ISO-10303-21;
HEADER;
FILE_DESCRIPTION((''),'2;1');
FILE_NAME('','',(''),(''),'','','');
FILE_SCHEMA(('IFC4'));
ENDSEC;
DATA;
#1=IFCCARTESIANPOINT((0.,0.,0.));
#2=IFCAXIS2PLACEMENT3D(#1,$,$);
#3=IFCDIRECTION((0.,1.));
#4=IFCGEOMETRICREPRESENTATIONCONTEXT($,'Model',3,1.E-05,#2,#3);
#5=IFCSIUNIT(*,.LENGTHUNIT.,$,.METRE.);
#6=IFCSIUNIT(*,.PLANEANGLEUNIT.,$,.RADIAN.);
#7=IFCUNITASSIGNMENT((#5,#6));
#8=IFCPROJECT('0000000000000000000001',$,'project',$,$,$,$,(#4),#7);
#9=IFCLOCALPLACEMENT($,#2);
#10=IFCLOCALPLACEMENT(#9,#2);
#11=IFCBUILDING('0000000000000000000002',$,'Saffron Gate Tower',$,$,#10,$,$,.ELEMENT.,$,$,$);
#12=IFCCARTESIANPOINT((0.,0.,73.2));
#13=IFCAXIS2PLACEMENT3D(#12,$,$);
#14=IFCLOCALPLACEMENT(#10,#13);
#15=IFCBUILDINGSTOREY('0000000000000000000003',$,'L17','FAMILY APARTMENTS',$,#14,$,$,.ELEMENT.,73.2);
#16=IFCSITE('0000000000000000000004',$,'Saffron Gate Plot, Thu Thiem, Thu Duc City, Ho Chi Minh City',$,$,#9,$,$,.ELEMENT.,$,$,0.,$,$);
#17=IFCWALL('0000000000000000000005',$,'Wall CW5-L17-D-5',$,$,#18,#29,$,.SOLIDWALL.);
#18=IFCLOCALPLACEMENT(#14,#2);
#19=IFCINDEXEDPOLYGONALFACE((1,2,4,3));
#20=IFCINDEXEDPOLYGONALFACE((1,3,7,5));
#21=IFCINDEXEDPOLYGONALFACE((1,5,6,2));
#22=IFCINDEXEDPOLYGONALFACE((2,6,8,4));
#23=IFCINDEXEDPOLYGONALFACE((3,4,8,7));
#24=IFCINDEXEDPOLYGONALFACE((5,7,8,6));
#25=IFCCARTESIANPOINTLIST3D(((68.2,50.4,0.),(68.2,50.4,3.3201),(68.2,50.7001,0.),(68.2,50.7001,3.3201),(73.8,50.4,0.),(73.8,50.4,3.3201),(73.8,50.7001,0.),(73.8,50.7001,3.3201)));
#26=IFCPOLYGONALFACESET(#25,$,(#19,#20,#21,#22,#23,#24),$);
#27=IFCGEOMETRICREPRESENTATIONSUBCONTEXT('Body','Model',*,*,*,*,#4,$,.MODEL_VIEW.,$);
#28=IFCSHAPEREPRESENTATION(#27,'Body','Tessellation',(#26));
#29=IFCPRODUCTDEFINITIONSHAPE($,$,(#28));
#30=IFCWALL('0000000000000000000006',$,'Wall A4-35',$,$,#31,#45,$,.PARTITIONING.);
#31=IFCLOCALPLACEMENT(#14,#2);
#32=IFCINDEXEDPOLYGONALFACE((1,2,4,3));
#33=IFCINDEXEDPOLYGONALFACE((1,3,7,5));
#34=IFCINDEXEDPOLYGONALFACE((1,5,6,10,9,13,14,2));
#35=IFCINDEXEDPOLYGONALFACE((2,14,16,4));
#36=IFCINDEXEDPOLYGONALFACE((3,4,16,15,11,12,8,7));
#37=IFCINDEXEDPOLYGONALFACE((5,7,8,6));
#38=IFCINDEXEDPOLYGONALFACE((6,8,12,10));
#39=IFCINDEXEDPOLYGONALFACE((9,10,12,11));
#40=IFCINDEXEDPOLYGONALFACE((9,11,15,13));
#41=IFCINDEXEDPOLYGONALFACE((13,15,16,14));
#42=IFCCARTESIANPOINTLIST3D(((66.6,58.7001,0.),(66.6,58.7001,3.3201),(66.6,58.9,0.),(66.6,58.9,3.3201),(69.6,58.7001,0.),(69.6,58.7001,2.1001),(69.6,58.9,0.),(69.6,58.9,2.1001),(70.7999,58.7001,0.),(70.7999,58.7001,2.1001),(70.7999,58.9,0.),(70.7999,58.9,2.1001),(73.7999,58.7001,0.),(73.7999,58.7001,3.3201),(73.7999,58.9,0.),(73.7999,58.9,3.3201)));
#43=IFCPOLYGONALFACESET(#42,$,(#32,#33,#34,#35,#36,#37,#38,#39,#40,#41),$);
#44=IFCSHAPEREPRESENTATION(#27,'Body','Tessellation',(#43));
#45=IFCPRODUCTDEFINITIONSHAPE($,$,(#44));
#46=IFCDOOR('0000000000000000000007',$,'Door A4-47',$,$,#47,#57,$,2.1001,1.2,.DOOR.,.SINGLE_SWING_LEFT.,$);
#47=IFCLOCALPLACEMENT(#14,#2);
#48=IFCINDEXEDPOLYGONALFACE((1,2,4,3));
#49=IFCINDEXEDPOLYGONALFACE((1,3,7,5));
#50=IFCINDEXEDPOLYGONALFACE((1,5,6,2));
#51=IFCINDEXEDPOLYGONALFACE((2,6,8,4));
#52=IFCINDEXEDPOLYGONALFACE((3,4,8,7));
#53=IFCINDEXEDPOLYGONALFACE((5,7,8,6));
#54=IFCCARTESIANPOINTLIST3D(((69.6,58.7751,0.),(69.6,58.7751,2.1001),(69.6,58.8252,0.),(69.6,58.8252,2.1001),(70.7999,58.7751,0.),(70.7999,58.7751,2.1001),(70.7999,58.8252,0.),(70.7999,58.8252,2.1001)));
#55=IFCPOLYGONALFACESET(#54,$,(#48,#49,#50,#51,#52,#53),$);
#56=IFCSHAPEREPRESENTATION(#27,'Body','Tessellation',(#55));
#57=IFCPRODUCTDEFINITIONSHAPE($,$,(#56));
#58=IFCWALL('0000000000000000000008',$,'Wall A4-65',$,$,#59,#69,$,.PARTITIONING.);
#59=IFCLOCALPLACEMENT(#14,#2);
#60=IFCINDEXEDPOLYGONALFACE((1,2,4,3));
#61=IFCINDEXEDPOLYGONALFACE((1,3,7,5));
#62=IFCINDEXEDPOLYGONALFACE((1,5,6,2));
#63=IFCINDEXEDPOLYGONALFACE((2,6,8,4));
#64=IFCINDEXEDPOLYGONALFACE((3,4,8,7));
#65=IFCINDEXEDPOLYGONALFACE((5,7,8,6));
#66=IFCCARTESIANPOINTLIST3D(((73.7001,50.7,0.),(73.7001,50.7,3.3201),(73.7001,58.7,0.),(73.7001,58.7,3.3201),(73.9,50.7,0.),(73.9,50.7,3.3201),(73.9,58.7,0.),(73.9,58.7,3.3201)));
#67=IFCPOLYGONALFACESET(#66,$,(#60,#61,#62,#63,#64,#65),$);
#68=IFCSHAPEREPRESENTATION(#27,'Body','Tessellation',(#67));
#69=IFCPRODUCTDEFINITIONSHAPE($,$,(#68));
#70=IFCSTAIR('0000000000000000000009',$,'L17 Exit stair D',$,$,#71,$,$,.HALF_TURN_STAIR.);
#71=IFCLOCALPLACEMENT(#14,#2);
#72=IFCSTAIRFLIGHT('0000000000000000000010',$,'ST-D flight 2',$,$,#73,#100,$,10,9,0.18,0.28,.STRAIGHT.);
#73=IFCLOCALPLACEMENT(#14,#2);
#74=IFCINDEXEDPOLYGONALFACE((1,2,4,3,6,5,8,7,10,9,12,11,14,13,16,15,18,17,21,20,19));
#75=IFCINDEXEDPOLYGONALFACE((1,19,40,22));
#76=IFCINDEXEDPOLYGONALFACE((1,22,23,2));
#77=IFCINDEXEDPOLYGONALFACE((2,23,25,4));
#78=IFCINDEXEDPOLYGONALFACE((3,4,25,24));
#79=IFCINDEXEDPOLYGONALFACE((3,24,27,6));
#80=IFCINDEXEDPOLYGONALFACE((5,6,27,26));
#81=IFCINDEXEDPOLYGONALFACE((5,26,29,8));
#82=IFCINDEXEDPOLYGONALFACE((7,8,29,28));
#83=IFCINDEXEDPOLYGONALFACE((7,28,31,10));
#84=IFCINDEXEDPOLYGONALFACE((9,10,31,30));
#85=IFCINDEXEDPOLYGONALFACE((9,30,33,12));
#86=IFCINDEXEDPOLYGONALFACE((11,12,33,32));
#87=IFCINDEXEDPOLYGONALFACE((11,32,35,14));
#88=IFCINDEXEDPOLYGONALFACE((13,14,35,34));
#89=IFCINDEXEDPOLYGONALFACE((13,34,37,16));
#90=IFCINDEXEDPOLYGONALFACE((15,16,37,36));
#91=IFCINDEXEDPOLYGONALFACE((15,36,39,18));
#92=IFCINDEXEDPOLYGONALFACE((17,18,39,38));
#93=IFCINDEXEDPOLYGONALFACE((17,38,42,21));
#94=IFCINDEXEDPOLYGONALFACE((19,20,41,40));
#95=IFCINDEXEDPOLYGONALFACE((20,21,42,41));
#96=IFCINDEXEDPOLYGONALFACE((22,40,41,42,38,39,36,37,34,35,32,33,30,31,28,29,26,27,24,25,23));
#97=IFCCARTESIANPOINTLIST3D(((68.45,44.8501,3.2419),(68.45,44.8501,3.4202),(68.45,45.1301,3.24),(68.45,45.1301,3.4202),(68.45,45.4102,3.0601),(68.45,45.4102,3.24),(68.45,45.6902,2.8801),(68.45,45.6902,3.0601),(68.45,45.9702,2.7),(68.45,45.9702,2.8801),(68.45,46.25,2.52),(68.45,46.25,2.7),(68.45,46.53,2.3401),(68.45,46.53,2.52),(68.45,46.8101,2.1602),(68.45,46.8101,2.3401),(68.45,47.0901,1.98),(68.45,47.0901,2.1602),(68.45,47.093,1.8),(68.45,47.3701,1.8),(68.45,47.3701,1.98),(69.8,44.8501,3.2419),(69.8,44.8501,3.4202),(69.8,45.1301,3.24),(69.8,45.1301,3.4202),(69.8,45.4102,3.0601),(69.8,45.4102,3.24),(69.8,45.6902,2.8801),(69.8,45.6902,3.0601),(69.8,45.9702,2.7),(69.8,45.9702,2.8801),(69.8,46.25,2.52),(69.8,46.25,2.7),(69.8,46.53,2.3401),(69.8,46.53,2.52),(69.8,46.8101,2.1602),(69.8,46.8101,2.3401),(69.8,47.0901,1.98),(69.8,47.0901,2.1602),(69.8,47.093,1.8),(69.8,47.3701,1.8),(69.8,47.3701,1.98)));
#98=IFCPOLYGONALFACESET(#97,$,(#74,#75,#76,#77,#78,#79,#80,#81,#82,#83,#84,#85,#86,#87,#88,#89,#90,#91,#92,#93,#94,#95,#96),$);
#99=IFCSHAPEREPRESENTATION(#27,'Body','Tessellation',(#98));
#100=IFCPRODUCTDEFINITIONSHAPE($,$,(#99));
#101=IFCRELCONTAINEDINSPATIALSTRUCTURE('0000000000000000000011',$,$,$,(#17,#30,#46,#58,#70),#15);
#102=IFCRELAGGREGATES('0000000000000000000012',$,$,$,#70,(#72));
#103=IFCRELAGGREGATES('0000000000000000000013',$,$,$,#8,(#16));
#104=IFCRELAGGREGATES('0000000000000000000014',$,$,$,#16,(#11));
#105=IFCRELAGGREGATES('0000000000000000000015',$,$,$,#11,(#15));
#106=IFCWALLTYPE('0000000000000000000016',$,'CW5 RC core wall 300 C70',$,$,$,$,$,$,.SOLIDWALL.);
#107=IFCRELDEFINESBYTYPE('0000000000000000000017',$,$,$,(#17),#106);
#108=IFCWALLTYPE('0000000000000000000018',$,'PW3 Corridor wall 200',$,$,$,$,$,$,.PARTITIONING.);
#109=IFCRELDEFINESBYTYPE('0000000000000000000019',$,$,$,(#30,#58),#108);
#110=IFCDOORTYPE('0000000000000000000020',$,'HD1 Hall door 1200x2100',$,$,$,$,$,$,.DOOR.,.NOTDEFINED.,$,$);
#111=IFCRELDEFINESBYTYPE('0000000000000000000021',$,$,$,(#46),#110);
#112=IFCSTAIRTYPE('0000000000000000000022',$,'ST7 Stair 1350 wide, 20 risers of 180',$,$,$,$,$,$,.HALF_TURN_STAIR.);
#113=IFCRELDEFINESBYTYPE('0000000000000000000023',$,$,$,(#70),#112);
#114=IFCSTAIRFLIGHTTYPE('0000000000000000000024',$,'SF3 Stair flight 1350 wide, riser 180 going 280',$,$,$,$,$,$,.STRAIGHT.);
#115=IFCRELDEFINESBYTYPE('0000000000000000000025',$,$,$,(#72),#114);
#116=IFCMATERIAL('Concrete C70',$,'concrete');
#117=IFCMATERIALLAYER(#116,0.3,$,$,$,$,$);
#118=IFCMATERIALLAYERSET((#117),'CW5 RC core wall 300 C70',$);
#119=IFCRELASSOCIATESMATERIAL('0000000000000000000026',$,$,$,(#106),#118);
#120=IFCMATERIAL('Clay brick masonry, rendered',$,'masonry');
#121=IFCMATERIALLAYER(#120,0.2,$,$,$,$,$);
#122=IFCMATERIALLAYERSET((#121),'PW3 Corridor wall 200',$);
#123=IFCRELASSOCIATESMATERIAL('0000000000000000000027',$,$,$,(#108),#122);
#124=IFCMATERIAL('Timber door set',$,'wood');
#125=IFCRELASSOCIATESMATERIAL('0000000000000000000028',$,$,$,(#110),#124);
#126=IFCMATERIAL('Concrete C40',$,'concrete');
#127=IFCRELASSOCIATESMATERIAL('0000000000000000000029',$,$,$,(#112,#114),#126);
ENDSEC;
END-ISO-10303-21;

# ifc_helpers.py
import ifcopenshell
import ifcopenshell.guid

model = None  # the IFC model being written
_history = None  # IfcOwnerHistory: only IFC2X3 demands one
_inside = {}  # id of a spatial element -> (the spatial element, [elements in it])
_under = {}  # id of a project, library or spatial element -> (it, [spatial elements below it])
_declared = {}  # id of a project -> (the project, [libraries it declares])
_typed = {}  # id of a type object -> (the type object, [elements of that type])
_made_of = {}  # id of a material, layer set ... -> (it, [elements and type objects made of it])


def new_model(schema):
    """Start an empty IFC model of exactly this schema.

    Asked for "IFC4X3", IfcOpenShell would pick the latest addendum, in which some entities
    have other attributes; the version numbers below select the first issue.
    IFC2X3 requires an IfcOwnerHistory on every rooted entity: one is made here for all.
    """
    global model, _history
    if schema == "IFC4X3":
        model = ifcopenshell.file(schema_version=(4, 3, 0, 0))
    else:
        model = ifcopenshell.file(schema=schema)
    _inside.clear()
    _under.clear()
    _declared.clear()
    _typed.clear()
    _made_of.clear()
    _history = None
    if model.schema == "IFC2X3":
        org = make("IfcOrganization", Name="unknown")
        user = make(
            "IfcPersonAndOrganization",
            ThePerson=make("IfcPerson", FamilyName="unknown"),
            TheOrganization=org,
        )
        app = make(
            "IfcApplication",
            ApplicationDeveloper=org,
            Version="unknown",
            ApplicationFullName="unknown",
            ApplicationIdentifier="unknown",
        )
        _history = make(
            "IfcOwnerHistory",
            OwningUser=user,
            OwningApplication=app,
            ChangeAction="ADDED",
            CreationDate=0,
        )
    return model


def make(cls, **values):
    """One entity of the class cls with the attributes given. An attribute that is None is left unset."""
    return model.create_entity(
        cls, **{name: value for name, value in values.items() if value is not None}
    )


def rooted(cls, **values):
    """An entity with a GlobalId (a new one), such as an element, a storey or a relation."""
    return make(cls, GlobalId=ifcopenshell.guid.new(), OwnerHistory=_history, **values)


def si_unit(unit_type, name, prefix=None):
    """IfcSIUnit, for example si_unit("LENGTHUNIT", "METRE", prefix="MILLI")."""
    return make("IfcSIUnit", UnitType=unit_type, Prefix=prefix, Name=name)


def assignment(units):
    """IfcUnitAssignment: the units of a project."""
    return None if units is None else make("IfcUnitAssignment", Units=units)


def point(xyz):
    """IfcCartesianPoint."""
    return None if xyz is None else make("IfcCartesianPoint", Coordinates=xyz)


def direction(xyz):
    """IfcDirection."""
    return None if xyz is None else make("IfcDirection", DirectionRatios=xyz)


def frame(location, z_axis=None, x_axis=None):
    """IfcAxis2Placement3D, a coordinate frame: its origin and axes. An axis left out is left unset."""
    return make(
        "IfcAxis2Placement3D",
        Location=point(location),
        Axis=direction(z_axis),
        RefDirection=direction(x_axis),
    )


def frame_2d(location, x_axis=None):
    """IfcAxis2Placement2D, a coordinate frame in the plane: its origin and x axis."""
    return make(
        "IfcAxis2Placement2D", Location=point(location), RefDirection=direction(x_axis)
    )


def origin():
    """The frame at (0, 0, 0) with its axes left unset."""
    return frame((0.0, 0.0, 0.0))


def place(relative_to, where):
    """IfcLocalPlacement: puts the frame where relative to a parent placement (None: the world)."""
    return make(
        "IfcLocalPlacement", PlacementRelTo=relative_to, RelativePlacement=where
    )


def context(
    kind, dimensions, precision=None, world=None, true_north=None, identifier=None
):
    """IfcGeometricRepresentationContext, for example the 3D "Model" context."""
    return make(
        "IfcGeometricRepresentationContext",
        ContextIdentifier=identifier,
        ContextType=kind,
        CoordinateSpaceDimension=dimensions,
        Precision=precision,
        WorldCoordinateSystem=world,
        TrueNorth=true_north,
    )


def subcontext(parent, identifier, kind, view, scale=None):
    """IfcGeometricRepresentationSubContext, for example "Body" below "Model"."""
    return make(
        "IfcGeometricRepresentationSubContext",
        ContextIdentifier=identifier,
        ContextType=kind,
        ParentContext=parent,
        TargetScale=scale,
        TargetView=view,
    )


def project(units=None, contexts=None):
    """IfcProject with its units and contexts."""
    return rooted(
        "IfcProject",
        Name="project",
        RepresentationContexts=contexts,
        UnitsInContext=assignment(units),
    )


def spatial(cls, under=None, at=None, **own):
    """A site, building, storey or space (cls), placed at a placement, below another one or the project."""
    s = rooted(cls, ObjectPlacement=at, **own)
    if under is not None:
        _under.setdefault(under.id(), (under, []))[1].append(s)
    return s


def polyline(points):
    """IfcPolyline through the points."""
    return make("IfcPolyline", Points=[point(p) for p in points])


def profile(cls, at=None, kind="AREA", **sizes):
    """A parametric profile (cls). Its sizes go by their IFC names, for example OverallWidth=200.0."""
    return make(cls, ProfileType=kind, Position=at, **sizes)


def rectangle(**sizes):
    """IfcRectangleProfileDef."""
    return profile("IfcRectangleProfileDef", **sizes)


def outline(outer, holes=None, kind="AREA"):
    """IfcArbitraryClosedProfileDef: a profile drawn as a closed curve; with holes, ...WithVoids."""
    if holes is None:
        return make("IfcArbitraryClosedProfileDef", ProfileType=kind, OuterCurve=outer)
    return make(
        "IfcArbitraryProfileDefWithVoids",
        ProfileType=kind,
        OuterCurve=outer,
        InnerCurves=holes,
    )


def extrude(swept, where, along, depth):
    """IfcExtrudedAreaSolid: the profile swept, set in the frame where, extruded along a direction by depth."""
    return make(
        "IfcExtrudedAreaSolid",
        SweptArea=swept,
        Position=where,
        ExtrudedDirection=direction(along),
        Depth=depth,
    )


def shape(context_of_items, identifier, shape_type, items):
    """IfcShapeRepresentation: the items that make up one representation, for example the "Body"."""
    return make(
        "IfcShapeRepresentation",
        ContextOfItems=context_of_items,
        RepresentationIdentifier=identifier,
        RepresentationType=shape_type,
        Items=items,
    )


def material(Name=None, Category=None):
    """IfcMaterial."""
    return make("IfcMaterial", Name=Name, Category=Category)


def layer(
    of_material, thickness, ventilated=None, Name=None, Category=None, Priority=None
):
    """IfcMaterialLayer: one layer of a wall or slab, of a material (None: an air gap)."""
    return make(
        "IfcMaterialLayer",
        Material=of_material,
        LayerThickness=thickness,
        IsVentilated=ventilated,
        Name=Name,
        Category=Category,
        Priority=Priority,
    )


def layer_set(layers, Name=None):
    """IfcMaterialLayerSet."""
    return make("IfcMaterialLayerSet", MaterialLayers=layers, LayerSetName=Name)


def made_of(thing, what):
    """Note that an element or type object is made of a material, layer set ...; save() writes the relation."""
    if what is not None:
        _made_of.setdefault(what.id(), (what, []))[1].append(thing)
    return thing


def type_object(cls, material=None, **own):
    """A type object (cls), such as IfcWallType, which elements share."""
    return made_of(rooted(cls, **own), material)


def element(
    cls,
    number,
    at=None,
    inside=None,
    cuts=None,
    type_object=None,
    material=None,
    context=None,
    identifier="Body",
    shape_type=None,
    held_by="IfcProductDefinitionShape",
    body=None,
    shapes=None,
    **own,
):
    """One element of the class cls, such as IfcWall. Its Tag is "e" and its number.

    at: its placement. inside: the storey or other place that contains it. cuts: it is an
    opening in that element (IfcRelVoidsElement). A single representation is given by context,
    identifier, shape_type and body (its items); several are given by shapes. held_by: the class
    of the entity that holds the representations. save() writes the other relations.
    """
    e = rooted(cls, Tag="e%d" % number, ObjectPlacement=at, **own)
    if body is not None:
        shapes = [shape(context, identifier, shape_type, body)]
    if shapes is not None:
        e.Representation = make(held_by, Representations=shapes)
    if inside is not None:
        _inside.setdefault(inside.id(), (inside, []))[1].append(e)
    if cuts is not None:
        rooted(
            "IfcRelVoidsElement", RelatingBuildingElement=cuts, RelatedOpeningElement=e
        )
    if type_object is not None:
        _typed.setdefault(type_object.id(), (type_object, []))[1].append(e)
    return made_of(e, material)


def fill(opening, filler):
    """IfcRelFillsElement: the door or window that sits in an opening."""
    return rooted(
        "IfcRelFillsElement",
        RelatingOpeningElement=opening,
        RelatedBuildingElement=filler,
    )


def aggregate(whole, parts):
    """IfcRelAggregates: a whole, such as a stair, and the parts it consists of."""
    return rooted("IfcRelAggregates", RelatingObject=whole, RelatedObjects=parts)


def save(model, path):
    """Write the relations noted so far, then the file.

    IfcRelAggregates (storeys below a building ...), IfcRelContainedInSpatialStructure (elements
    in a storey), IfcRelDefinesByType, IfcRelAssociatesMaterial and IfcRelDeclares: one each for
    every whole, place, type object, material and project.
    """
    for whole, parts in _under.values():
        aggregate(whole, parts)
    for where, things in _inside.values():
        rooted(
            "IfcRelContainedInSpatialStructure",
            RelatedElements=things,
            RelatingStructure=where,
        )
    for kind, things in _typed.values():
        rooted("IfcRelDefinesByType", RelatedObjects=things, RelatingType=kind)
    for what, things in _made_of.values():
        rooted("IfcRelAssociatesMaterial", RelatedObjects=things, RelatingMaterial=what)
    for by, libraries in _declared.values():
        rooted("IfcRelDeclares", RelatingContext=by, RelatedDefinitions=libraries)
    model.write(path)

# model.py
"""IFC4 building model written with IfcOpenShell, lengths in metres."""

from ifc_helpers import new_model, si_unit, direction, frame, frame_2d, origin, place, context, subcontext, project, spatial, polyline, rectangle, outline, extrude, material, layer, layer_set, type_object, element, fill, aggregate, save


model = new_model("IFC4")

# Units and contexts
model_context = context("Model", 3, precision=1e-05, world=origin(), true_north=direction((0.0, 1.0)))
body_context = subcontext(model_context, "Body", "Model", "MODEL_VIEW")
ifc_project = project(units=[si_unit("LENGTHUNIT", "METRE"), si_unit("PLANEANGLEUNIT", "RADIAN")], contexts=[model_context])

# Site, building, storey
site_placement = place(None, origin())
site = spatial("IfcSite", under=ifc_project, at=site_placement, Name="Saffron Gate Plot, Thu Thiem, Thu Duc City, Ho Chi Minh City", CompositionType="ELEMENT", RefElevation=0.0)
building_placement = place(site_placement, origin())
building = spatial("IfcBuilding", under=site, at=building_placement, Name="Saffron Gate Tower", CompositionType="ELEMENT")
storey_placement = place(building_placement, frame((0.0, 0.0, 73.2)))
storey = spatial("IfcBuildingStorey", under=building, at=storey_placement, Name="L17", Description="FAMILY APARTMENTS", CompositionType="ELEMENT", Elevation=73.2)

# Shared definitions
ifc_material_1 = material(Name="Concrete C70", Category="concrete")

# Wall
ifc_layer_1 = layer(ifc_material_1, 0.3)
ifc_layer_set_1 = layer_set([ifc_layer_1], Name="CW5 RC core wall 300 C70")
wall_type_1 = type_object("IfcWallType", Name="CW5 RC core wall 300 C70", PredefinedType="SOLIDWALL", material=ifc_layer_set_1)
wall_1_placement = place(storey_placement, frame((68.2, 50.55, 0.0), z_axis=(0.0, 0.0, 1.0), x_axis=(1.0, 0.0, 0.0)))
element("IfcWall", 1, at=wall_1_placement, inside=storey, type_object=wall_type_1, Name="Wall CW5-L17-D-5", PredefinedType="SOLIDWALL", context=body_context, shape_type="SweptSolid", body=[
    extrude(rectangle(XDim=5.6001, YDim=0.3, at=frame_2d((2.8, 0.0))), origin(), (0.0, 0.0, 1.0), 3.3201),
])

# Wall, opening, door
ifc_material_2 = material(Name="Clay brick masonry, rendered", Category="masonry")
ifc_layer_2 = layer(ifc_material_2, 0.2)
ifc_layer_set_2 = layer_set([ifc_layer_2], Name="PW3 Corridor wall 200")
wall_type_2 = type_object("IfcWallType", Name="PW3 Corridor wall 200", PredefinedType="PARTITIONING", material=ifc_layer_set_2)
wall_2_placement = place(storey_placement, frame((73.8, 58.8, 0.0), z_axis=(0.0, 0.0, 1.0), x_axis=(-1.0, 0.0, 0.0)))
wall_2 = element("IfcWall", 2, at=wall_2_placement, inside=storey, type_object=wall_type_2, Name="Wall A4-35", PredefinedType="PARTITIONING", context=body_context, shape_type="SweptSolid", body=[
    extrude(rectangle(XDim=7.2, YDim=0.2, at=frame_2d((3.6001, 0.0))), origin(), (0.0, 0.0, 1.0), 3.3201),
])
opening_1_placement = place(wall_2_placement, frame((3.0, 0.0, 0.0)))
opening_1 = element("IfcOpeningElement", 3, at=opening_1_placement, cuts=wall_2, PredefinedType="OPENING", context=body_context, shape_type="SweptSolid", body=[
    extrude(rectangle(XDim=1.2, YDim=2.1001, at=frame_2d((0.6001, 1.05))), frame((0.0, 0.1099, 0.0), z_axis=(0.0, -1.0, 0.0), x_axis=(1.0, 0.0, 0.0)), (0.0, 0.0, 1.0), 0.22),
])
ifc_material_3 = material(Name="Timber door set", Category="wood")
door_type_1 = type_object("IfcDoorType", Name="HD1 Hall door 1200x2100", OperationType="NOTDEFINED", PredefinedType="DOOR", material=ifc_material_3)
door_1_placement = place(opening_1_placement, origin())
door_1 = element("IfcDoor", 4, at=door_1_placement, inside=storey, type_object=door_type_1, Name="Door A4-47", OperationType="SINGLE_SWING_LEFT", OverallHeight=2.1001, OverallWidth=1.2, PredefinedType="DOOR", context=body_context, shape_type="SweptSolid", body=[
    extrude(rectangle(XDim=1.2, YDim=2.1001, at=frame_2d((0.6001, 1.05))), frame((0.0, 0.0249, 0.0), z_axis=(0.0, -1.0, 0.0), x_axis=(1.0, 0.0, 0.0)), (0.0, 0.0, 1.0), 0.05),
])
fill(opening_1, door_1)

# Wall
wall_3_placement = place(storey_placement, frame((73.8, 58.7, 0.0), z_axis=(0.0, 0.0, 1.0), x_axis=(0.0, -1.0, 0.0)))
element("IfcWall", 5, at=wall_3_placement, inside=storey, type_object=wall_type_2, Name="Wall A4-65", PredefinedType="PARTITIONING", context=body_context, shape_type="SweptSolid", body=[
    extrude(rectangle(XDim=8.0, YDim=0.2, at=frame_2d((4.0, 0.0))), origin(), (0.0, 0.0, 1.0), 3.3201),
])

# Stair, stair flight
ifc_material_4 = material(Name="Concrete C40", Category="concrete")
stair_type = type_object("IfcStairType", Name="ST7 Stair 1350 wide, 20 risers of 180", PredefinedType="HALF_TURN_STAIR", material=ifc_material_4)
stair_placement = place(storey_placement, origin())
stair = element("IfcStair", 6, at=stair_placement, inside=storey, type_object=stair_type, Name="L17 Exit stair D", PredefinedType="HALF_TURN_STAIR")
stair_flight_type = type_object("IfcStairFlightType", Name="SF3 Stair flight 1350 wide, riser 180 going 280", PredefinedType="STRAIGHT", material=ifc_material_4)
stair_flight_placement = place(storey_placement, frame((69.125, 47.3701, 1.8), z_axis=(0.0, 0.0, 1.0), x_axis=(0.0, -1.0, 0.0)))
stair_flight = element("IfcStairFlight", 7, at=stair_flight_placement, type_object=stair_flight_type, Name="ST-D flight 2", NumberOfRisers=10, NumberOfTreads=9, PredefinedType="STRAIGHT", RiserHeight=0.18, TreadLength=0.28, context=body_context, shape_type="SweptSolid", body=[
    extrude(outline(polyline([(0.0, 0.0), (0.0, 0.1799), (0.28, 0.1799), (0.28, 0.3601), (0.5601, 0.3601), (0.5601, 0.54), (0.8401, 0.54), (0.8401, 0.72), (1.1201, 0.72), (1.1201, 0.8999), (1.3999, 0.8999), (1.3999, 1.0801), (1.6799, 1.0801), (1.6799, 1.26), (1.96, 1.26), (1.96, 1.4399), (2.24, 1.4399), (2.24, 1.6201), (2.52, 1.6201), (2.52, 1.8), (2.52, 1.4419), (0.2771, 0.0), (0.0, 0.0)])), frame((0.0, 0.675, 0.0), z_axis=(0.0, -1.0, 0.0), x_axis=(1.0, 0.0, 0.0)), (0.0, 0.0, 1.0), 1.3501),
])
aggregate(stair, [stair_flight])

save(model, "model.ifc")
